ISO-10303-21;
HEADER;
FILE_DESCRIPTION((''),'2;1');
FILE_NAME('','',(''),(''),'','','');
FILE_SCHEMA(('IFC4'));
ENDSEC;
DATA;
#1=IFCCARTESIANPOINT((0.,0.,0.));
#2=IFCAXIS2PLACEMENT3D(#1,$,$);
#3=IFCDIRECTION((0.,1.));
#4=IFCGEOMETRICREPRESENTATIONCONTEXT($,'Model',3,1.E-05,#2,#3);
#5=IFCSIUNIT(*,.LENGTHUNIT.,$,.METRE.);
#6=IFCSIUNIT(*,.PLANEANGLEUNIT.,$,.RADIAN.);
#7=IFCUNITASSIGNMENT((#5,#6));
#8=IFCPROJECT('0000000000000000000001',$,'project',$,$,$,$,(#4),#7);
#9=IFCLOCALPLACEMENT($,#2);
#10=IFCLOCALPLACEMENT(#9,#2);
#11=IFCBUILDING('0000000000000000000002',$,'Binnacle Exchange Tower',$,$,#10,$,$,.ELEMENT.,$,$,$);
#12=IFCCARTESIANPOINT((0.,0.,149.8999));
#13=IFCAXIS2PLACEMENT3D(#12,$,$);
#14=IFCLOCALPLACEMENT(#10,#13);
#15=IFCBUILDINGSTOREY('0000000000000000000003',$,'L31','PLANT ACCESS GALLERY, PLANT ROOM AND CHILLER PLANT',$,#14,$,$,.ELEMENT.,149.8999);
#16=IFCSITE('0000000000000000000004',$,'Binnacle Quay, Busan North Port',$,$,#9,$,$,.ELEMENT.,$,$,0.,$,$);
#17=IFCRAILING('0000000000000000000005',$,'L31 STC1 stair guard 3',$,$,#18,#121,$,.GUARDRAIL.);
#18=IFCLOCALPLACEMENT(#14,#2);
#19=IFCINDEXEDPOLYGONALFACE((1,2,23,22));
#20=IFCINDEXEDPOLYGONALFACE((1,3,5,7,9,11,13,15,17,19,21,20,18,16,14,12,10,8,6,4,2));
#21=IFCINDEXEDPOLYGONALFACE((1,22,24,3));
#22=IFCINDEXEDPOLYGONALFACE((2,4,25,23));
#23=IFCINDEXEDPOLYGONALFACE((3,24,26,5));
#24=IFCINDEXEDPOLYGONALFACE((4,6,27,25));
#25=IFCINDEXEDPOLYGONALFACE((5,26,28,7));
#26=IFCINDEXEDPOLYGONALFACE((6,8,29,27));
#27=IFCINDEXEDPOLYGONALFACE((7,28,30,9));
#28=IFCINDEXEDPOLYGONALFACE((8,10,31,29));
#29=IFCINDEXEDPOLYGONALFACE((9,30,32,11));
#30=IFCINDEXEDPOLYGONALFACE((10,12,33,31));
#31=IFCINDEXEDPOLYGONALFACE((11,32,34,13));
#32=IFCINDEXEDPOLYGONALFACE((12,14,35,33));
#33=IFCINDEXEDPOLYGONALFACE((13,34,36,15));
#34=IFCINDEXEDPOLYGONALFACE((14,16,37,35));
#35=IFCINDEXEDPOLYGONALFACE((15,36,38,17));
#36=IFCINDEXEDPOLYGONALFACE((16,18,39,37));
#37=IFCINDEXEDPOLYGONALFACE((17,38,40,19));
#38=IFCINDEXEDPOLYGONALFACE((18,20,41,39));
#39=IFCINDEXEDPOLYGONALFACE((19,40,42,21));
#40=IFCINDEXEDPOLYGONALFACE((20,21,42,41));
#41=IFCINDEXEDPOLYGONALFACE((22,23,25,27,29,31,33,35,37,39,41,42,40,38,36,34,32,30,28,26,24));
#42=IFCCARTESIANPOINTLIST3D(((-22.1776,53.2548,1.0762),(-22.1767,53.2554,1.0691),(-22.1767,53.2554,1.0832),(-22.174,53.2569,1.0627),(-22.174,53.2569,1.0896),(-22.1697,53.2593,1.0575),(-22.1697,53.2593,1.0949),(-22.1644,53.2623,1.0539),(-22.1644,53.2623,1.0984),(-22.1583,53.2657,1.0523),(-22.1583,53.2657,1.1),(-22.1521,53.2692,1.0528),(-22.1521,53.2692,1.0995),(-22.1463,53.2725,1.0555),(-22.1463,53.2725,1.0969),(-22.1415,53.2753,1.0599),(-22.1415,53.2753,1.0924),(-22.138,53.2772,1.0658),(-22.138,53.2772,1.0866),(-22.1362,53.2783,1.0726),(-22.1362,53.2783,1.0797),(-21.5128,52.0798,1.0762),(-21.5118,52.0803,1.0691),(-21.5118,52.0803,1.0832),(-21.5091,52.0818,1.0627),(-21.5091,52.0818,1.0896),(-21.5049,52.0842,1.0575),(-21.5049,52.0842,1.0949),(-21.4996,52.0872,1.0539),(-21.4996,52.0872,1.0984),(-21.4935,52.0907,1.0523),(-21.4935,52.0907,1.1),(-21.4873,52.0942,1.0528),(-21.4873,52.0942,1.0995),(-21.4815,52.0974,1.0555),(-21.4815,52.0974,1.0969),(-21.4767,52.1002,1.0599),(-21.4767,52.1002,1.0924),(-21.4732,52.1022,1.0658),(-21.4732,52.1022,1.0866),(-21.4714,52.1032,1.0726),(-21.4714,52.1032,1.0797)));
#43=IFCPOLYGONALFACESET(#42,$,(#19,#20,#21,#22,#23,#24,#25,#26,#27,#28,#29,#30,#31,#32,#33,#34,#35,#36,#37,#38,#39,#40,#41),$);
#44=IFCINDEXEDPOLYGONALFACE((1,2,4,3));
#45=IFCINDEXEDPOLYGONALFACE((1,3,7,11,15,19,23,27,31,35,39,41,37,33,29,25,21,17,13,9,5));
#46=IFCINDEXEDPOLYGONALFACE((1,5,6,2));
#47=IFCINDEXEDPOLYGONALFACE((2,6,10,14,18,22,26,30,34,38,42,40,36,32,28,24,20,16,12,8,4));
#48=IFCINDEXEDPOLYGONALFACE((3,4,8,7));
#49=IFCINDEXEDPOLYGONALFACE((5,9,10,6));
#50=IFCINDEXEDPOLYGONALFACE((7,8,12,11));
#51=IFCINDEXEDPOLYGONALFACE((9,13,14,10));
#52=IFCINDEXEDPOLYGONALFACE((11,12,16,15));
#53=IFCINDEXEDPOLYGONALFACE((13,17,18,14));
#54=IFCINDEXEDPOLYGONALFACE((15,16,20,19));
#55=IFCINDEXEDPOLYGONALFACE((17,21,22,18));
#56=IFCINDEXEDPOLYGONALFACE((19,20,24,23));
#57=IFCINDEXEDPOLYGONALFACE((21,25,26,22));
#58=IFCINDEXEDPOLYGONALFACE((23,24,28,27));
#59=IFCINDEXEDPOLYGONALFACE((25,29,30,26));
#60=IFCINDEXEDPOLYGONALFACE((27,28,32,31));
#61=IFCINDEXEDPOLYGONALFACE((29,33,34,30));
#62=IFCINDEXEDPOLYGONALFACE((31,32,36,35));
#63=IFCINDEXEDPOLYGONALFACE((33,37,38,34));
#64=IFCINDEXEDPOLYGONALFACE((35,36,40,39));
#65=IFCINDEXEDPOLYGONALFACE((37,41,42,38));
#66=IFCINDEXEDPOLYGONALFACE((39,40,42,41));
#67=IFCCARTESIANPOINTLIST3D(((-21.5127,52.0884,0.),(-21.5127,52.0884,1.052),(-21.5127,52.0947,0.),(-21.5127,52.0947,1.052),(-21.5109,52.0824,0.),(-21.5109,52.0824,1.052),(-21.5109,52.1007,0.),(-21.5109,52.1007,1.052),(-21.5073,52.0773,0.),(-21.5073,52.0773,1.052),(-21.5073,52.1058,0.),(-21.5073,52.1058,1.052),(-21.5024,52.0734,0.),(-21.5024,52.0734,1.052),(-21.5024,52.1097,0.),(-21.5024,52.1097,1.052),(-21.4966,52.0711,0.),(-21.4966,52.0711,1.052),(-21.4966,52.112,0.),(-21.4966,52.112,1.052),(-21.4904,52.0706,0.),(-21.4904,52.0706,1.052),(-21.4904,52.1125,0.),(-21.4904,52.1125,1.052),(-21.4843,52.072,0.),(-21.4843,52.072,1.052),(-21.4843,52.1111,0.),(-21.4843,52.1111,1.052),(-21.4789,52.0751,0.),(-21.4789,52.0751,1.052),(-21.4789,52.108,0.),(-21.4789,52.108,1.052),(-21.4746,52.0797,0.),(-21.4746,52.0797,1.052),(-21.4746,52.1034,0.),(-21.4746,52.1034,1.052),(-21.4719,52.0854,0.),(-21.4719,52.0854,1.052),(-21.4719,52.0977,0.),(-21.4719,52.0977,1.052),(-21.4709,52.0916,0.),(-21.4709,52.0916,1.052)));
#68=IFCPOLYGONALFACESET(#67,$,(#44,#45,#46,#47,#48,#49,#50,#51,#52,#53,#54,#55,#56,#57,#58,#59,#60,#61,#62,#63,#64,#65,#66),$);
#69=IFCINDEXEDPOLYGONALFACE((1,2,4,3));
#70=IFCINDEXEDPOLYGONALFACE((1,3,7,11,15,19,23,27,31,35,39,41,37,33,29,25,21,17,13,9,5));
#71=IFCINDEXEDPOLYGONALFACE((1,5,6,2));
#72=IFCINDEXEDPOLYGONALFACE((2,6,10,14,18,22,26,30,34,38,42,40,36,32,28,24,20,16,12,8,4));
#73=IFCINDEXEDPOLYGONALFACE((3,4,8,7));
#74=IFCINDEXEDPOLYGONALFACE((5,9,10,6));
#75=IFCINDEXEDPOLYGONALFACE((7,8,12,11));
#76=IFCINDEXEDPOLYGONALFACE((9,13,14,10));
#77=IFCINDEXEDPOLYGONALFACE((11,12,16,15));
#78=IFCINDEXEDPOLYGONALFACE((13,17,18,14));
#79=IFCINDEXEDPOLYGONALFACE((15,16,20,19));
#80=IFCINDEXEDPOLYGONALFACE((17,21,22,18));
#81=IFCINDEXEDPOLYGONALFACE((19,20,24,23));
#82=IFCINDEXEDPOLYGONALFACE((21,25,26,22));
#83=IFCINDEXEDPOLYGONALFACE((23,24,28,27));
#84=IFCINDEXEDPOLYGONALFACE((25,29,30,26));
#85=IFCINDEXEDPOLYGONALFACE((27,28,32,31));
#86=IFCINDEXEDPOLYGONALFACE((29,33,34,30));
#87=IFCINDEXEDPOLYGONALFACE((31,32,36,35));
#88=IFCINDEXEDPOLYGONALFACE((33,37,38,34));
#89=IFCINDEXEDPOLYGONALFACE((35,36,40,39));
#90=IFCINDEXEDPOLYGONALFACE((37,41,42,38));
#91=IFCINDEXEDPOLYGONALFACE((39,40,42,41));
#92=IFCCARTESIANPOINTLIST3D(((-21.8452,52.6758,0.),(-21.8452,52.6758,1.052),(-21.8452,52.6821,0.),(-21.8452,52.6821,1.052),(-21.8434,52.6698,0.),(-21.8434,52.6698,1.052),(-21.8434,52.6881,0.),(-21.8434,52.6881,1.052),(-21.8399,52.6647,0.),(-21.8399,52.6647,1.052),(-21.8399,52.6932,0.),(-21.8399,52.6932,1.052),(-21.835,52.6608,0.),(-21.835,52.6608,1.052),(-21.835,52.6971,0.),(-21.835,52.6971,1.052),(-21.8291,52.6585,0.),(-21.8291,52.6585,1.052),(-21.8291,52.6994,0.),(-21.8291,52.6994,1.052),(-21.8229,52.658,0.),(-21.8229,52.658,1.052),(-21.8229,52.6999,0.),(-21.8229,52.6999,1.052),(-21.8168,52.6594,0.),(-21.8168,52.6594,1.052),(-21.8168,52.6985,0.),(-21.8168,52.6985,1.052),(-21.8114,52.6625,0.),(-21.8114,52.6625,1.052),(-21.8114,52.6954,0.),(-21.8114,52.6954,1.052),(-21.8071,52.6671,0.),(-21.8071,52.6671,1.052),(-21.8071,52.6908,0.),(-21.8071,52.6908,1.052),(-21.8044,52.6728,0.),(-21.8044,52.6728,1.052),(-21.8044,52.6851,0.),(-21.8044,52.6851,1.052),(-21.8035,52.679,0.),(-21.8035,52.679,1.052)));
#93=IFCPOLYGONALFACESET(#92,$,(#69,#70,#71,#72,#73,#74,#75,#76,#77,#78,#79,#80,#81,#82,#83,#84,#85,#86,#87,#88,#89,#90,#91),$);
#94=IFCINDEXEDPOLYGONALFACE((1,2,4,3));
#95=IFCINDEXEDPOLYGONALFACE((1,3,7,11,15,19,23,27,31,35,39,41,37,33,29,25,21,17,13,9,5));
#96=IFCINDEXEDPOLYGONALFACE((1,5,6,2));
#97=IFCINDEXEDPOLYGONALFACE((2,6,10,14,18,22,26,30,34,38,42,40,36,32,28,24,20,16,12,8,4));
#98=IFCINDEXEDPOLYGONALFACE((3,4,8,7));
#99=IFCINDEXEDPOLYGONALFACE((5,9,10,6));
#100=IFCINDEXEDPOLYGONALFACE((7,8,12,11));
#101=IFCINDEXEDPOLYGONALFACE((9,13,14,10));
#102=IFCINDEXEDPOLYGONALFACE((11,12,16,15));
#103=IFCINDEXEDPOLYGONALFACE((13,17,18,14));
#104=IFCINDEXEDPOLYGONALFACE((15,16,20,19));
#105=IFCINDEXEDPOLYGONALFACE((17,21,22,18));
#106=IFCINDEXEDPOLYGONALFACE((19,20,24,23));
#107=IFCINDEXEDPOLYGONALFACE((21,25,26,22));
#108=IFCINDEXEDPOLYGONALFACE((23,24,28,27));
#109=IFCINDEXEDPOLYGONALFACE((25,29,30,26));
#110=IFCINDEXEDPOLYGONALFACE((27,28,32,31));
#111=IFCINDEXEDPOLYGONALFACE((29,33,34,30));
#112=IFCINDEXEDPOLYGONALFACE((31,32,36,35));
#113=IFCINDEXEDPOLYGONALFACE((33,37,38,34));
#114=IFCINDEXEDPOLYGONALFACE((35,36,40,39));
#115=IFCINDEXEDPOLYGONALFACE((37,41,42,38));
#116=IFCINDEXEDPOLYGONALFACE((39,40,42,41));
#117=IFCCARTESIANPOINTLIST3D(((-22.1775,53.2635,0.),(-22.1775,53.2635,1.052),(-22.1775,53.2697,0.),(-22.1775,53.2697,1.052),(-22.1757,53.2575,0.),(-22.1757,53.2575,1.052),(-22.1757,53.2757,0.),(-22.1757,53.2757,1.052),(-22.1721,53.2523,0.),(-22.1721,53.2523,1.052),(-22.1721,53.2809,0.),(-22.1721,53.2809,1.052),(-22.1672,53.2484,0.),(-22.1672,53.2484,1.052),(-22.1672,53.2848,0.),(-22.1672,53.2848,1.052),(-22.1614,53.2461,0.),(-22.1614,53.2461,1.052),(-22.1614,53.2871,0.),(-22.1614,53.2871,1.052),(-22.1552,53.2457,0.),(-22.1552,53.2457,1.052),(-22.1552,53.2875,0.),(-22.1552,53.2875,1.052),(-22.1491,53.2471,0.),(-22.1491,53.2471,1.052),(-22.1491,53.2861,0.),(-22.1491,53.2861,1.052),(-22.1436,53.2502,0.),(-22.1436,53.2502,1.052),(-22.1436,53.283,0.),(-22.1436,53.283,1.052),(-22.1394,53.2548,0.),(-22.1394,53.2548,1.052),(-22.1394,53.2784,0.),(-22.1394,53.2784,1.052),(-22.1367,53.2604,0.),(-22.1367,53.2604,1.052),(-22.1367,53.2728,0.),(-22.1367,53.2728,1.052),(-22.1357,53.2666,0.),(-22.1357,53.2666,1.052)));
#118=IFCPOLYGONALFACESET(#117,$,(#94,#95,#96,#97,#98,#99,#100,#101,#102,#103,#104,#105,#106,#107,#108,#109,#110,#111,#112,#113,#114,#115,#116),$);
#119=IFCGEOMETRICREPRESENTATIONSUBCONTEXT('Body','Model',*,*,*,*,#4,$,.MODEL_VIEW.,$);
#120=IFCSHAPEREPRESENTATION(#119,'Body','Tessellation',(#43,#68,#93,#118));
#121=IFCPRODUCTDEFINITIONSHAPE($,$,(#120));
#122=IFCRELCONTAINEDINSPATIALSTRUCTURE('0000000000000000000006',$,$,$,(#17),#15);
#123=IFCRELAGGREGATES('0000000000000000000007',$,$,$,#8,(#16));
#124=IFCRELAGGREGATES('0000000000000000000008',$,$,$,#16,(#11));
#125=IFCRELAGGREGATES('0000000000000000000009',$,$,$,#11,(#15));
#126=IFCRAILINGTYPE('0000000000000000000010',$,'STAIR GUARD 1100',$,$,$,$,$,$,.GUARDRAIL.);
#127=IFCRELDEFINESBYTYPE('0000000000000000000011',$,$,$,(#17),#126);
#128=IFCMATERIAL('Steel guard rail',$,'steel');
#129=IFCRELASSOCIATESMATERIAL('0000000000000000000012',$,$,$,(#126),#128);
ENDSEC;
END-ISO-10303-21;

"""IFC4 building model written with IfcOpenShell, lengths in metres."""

from ifc_helpers import new_model, si_unit, direction, frame, origin, origin_2d, place, context, subcontext, project, spatial, circle, extrude, material, type_object, element, save


model = new_model("IFC4")

# Units and contexts
model_context = context("Model", 3, precision=1e-05, world=origin(), true_north=direction((0.0, 1.0)))
body_context = subcontext(model_context, "Body", "Model", "MODEL_VIEW")
ifc_project = project(units=[si_unit("LENGTHUNIT", "METRE"), si_unit("PLANEANGLEUNIT", "RADIAN")], contexts=[model_context])

# Site, building, storey
site_placement = place(None, origin())
site = spatial("IfcSite", under=ifc_project, at=site_placement, Name="Binnacle Quay, Busan North Port", CompositionType="ELEMENT", RefElevation=0.0)
building_placement = place(site_placement, origin())
building = spatial("IfcBuilding", under=site, at=building_placement, Name="Binnacle Exchange Tower", CompositionType="ELEMENT")
storey_placement = place(building_placement, frame((0.0, 0.0, 149.8999)))
storey = spatial("IfcBuildingStorey", under=building, at=storey_placement, Name="L31", Description="PLANT ACCESS GALLERY, PLANT ROOM AND CHILLER PLANT", CompositionType="ELEMENT", Elevation=149.8999)

# Railing
ifc_material_1 = material(Name="Steel guard rail", Category="steel")
railing_type_1 = type_object("IfcRailingType", Name="STAIR GUARD 1100", PredefinedType="GUARDRAIL", material=ifc_material_1)
railing_1_placement = place(storey_placement, frame((-21.4919, 52.0916, 0.0)))
element("IfcRailing", 1, at=railing_1_placement, inside=storey, type_object=railing_type_1, Name="L31 STC1 stair guard 3", PredefinedType="GUARDRAIL", context=body_context, shape_type="SweptSolid", body=[
    extrude(circle(Radius=0.0239, at=origin_2d()), frame((0.0, 0.0, 1.0762), z_axis=(-0.492415, 0.870361, 0.0), x_axis=(-0.870361, -0.492415, 0.0)), (0.0, 0.0, 1.0), 1.3501),
    extrude(circle(Radius=0.021, at=origin_2d()), origin(), (0.0, 0.0, 1.0), 1.052),
    extrude(circle(Radius=0.021, at=origin_2d()), frame((-0.3325, 0.5874, 0.0)), (0.0, 0.0, 1.0), 1.052),
    extrude(circle(Radius=0.021, at=origin_2d()), frame((-0.6648, 1.175, 0.0)), (0.0, 0.0, 1.0), 1.052),
])

save(model, "model.ifc")
